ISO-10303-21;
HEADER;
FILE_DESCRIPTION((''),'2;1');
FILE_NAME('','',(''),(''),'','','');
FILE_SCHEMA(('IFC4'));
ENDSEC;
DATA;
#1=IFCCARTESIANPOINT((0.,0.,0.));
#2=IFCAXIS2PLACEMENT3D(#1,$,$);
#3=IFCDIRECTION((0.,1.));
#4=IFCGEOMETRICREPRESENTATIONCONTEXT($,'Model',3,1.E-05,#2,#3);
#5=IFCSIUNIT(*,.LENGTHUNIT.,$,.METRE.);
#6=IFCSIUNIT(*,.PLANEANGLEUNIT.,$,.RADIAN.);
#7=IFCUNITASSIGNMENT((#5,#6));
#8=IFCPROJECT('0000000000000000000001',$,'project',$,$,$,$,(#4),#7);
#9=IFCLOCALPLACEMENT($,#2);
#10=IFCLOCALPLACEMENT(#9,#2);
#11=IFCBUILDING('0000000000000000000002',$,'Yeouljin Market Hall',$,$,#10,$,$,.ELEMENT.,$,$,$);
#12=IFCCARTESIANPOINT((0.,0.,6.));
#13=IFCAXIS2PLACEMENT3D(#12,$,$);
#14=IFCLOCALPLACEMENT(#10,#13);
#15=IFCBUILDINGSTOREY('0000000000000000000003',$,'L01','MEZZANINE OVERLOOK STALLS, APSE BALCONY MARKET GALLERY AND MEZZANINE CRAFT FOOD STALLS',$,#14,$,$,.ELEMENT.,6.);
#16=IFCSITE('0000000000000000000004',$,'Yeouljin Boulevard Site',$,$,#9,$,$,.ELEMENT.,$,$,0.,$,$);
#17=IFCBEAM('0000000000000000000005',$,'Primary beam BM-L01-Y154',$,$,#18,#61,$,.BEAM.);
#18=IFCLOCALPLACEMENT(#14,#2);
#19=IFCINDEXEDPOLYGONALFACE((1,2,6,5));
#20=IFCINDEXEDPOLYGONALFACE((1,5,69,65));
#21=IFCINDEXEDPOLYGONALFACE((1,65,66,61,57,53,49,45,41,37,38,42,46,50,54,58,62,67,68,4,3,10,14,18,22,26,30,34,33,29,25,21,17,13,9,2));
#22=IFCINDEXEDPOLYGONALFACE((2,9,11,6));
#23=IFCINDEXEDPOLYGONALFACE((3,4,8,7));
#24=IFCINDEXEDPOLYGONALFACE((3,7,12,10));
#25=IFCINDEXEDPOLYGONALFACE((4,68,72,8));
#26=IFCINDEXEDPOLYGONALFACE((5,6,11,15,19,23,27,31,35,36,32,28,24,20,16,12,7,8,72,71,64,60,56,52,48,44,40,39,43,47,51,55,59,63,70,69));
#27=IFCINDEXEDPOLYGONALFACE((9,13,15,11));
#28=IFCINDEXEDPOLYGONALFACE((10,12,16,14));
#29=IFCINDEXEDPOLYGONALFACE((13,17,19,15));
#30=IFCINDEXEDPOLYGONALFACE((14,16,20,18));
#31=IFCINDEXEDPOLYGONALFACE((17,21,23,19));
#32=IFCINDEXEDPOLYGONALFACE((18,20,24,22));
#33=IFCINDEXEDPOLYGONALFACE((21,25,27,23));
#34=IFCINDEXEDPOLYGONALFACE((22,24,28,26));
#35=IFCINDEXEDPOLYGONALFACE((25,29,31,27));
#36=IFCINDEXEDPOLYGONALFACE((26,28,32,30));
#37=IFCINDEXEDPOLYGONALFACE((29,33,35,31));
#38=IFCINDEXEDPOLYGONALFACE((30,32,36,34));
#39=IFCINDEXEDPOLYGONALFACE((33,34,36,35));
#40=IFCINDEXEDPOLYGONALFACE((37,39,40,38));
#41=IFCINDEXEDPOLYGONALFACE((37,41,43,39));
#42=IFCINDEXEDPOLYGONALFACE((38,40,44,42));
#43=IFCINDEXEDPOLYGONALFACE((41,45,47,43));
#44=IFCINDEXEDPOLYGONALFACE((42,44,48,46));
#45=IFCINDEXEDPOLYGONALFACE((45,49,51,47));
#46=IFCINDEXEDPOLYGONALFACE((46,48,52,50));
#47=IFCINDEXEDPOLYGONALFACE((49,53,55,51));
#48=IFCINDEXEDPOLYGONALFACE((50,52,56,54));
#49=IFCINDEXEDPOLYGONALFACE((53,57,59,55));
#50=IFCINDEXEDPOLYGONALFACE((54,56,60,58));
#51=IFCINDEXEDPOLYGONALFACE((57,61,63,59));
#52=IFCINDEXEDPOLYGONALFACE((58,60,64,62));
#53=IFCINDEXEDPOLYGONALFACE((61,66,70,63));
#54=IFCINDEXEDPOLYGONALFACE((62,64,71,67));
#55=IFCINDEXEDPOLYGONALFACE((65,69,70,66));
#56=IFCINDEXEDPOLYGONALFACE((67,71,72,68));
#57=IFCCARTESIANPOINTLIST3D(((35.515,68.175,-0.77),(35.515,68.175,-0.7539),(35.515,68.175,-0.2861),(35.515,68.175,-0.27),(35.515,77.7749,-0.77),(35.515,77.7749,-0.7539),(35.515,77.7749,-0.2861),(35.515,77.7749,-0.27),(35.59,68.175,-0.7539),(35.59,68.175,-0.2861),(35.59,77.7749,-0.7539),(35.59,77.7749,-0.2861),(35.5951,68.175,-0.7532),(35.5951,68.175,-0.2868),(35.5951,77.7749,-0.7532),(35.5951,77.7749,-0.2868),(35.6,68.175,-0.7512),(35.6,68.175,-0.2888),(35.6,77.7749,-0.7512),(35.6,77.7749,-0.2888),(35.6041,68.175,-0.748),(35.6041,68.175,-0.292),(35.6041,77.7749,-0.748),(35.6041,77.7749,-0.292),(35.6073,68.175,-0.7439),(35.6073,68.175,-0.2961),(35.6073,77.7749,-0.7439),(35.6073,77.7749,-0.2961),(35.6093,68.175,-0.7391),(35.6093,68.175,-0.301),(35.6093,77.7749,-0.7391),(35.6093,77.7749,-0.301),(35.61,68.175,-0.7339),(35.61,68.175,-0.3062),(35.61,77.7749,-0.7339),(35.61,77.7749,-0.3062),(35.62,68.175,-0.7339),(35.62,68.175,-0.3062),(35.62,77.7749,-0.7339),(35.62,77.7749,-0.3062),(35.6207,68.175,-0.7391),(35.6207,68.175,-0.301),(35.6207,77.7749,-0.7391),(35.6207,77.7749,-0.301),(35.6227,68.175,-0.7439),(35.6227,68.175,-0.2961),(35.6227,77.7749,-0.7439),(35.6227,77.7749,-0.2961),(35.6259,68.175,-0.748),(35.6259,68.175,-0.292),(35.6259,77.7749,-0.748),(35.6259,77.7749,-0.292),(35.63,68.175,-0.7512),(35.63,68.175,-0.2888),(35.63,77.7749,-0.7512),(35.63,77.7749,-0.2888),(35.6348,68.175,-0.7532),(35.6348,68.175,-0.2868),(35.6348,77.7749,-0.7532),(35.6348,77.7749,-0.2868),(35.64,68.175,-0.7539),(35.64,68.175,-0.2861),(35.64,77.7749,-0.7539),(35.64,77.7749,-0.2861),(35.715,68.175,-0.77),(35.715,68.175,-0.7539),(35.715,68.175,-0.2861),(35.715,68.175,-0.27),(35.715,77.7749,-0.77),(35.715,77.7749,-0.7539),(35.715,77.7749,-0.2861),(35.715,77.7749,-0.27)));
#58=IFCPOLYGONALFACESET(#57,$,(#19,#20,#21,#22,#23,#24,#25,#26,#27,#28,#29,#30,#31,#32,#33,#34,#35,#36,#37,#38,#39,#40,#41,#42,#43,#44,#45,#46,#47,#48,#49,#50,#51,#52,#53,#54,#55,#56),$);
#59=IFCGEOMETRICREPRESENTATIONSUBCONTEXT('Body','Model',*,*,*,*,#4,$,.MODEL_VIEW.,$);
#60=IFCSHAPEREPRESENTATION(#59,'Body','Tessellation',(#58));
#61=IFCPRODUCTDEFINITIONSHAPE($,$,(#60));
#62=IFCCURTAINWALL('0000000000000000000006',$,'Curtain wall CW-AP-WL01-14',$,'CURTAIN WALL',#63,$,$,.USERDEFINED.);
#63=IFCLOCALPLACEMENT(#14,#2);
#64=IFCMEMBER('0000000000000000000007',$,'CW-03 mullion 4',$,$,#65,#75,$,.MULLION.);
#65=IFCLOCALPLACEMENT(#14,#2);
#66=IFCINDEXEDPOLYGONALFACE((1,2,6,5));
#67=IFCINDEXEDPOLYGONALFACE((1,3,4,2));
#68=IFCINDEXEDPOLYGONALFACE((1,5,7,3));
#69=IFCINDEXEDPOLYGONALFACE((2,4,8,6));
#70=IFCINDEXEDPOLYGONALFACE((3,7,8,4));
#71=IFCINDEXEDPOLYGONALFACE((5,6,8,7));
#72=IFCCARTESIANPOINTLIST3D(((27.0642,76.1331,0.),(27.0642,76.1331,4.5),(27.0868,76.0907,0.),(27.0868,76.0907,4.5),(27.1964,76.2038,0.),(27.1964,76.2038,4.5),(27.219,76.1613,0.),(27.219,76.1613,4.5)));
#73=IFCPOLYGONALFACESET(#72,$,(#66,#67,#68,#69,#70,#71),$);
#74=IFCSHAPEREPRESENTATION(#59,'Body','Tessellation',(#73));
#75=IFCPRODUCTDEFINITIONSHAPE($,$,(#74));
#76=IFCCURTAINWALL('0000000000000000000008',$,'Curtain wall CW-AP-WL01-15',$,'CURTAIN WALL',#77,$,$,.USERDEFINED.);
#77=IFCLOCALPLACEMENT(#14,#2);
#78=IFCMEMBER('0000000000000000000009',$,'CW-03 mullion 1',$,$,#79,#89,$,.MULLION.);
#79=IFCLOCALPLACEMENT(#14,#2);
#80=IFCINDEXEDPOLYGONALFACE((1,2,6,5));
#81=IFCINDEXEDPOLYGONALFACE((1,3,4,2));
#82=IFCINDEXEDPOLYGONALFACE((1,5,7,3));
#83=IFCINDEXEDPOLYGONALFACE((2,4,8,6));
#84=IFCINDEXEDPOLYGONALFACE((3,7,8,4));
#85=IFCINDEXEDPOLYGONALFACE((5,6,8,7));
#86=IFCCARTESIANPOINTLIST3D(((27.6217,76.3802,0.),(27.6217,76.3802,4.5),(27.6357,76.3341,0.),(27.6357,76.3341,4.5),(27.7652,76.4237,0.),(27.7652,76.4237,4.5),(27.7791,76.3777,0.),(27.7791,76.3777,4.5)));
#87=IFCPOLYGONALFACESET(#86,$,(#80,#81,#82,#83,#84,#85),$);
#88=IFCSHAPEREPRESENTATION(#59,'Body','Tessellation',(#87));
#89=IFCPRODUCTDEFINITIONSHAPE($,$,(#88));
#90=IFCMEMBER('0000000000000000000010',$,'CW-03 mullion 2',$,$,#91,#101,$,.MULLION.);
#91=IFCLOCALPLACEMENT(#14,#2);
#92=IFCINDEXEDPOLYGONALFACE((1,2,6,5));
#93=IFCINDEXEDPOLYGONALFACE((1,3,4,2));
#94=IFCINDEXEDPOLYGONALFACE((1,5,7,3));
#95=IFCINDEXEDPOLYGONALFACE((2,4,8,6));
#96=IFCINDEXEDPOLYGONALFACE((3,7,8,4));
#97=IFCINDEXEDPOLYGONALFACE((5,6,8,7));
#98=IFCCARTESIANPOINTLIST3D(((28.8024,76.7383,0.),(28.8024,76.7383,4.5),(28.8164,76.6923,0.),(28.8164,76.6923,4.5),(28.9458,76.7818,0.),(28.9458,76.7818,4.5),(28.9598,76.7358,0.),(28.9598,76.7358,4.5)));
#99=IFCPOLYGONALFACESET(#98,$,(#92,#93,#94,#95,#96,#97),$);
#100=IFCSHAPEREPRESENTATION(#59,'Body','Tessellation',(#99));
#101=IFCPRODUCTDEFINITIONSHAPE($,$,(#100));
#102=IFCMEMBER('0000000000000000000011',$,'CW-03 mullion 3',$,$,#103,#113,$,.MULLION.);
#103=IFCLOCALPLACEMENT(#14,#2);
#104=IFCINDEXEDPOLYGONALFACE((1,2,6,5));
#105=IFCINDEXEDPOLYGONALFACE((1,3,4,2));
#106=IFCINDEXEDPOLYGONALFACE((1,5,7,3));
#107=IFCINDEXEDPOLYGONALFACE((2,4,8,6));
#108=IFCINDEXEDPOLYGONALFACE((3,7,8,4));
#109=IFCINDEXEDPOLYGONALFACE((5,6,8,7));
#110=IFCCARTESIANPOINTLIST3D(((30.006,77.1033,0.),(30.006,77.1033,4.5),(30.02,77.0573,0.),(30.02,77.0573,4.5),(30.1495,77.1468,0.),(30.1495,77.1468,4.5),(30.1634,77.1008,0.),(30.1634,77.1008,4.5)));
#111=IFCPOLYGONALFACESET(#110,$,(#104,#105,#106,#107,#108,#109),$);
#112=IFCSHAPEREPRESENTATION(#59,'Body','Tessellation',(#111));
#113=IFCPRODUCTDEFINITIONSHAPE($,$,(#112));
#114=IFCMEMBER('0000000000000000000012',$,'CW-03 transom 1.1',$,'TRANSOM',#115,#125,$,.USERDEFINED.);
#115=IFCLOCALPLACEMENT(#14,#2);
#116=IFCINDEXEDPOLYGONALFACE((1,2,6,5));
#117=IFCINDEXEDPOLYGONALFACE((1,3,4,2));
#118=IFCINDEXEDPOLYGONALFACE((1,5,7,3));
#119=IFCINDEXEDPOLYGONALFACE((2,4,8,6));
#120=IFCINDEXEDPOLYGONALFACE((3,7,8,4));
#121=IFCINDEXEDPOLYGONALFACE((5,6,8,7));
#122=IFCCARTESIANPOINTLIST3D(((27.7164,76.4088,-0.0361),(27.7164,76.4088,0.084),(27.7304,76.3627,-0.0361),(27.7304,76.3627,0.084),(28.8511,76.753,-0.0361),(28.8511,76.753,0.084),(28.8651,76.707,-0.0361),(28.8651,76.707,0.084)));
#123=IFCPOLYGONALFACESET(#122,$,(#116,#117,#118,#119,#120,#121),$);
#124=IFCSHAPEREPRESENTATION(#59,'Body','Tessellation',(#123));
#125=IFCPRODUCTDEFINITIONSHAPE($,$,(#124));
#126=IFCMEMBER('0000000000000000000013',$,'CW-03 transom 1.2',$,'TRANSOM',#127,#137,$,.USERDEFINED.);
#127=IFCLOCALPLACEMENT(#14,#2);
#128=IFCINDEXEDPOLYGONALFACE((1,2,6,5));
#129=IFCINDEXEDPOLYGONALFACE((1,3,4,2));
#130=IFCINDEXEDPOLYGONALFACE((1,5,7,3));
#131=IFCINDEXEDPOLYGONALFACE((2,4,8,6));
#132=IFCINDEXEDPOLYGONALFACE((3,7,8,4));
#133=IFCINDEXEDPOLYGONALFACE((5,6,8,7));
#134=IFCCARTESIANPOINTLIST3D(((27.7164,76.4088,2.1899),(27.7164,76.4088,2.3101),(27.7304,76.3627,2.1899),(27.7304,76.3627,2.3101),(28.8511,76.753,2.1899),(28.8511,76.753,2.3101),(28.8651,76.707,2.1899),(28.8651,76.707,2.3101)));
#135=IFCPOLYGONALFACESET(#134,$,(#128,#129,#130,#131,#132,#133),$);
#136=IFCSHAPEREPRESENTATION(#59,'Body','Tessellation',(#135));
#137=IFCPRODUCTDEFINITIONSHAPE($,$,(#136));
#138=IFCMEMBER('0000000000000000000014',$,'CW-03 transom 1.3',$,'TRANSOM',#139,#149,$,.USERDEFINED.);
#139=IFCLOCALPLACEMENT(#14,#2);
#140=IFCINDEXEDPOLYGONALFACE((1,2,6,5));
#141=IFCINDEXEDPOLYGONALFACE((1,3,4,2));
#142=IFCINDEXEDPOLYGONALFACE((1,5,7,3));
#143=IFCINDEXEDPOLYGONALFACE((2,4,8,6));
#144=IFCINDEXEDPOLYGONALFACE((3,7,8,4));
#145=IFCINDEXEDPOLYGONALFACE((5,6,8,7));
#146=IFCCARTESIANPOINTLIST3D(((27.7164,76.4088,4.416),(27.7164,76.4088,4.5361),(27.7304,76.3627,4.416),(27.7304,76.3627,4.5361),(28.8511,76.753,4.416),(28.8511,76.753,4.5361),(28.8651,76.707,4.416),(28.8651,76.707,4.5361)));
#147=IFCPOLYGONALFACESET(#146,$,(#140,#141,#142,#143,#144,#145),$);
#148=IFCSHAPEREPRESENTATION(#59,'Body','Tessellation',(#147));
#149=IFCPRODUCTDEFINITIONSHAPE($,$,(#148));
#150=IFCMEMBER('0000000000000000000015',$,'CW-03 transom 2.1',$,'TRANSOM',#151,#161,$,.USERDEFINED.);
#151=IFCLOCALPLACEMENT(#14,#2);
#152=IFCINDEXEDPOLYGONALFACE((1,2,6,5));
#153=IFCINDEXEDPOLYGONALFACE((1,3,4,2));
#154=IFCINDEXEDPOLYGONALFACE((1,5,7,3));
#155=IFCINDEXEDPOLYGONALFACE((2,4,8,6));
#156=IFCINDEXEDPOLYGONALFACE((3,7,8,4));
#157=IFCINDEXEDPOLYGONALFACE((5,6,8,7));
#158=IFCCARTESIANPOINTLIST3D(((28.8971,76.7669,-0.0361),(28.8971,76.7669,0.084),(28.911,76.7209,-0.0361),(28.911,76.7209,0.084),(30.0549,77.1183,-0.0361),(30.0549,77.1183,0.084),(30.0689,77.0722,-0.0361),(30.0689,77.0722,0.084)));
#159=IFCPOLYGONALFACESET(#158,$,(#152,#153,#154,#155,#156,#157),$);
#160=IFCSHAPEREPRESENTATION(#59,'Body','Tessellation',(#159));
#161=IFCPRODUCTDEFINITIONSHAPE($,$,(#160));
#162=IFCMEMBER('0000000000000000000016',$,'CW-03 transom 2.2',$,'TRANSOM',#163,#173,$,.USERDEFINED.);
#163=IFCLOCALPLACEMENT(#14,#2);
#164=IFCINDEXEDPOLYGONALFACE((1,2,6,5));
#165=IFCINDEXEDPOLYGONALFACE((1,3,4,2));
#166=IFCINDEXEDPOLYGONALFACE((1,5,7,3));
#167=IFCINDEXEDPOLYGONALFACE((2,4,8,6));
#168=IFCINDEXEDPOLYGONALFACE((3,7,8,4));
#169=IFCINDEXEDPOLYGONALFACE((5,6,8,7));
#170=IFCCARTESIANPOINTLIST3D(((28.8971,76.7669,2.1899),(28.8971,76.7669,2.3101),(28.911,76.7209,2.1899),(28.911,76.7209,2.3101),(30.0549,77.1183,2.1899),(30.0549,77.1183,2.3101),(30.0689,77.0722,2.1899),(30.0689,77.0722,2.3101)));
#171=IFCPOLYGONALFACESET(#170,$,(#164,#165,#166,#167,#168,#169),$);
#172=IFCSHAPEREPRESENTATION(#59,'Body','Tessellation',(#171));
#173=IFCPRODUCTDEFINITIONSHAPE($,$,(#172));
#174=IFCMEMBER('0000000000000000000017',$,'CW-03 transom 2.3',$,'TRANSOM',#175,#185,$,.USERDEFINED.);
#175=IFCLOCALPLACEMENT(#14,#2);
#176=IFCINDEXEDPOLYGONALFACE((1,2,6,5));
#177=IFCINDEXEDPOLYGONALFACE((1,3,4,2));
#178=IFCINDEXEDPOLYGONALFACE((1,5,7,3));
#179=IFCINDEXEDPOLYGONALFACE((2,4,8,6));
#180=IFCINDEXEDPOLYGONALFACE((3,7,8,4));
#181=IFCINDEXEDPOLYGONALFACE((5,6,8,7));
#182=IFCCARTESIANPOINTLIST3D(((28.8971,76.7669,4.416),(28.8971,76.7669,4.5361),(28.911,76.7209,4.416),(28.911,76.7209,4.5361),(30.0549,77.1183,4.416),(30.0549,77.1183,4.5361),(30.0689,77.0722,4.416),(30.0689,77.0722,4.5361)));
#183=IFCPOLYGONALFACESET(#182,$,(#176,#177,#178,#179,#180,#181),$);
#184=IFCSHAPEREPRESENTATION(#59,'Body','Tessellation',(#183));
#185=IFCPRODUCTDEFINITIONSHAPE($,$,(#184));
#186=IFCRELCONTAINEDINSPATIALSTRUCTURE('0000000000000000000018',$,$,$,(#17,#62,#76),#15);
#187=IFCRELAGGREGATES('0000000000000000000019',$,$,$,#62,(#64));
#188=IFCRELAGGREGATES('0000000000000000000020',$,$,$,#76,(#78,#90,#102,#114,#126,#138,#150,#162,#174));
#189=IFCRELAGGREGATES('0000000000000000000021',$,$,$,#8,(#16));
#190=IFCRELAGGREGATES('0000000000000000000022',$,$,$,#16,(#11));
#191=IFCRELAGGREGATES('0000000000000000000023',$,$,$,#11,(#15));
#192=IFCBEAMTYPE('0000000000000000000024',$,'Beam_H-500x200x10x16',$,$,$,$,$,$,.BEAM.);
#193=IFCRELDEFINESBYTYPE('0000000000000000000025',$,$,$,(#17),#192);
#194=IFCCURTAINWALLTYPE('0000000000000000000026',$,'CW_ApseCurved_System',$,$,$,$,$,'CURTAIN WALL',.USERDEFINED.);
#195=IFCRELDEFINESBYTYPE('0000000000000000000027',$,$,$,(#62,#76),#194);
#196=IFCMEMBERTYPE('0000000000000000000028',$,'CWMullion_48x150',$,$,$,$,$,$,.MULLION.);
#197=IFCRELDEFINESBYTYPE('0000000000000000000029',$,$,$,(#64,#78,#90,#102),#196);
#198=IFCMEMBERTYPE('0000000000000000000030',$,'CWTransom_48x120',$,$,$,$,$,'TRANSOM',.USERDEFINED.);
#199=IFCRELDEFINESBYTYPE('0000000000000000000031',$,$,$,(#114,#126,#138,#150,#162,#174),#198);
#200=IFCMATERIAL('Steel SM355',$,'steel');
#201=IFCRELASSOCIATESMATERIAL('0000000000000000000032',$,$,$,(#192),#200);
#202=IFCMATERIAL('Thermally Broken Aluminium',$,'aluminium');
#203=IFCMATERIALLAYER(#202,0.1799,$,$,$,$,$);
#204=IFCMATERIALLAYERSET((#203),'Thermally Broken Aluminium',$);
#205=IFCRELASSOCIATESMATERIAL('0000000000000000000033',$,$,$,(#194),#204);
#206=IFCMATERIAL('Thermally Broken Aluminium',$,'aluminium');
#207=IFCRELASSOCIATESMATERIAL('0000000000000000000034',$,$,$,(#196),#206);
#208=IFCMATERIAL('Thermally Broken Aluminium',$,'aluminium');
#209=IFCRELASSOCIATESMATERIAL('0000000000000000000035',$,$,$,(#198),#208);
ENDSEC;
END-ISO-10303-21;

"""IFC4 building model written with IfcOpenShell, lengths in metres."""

from ifc_helpers import new_model, si_unit, direction, frame, origin, origin_2d, place, context, subcontext, project, spatial, rectangle, i_section, extrude, material, layer, layer_set, material_profile, profile_set, type_object, element, aggregate, save


model = new_model("IFC4")

# Units and contexts
model_context = context("Model", 3, precision=1e-05, world=origin(), true_north=direction((0.0, 1.0)))
body_context = subcontext(model_context, "Body", "Model", "MODEL_VIEW")
ifc_project = project(units=[si_unit("LENGTHUNIT", "METRE"), si_unit("PLANEANGLEUNIT", "RADIAN")], contexts=[model_context])

# Site, building, storey
site_placement = place(None, origin())
site = spatial("IfcSite", under=ifc_project, at=site_placement, Name="Yeouljin Boulevard Site", CompositionType="ELEMENT", RefElevation=0.0)
building_placement = place(site_placement, origin())
building = spatial("IfcBuilding", under=site, at=building_placement, Name="Yeouljin Market Hall", CompositionType="ELEMENT")
storey_placement = place(building_placement, frame((0.0, 0.0, 6.0)))
storey = spatial("IfcBuildingStorey", under=building, at=storey_placement, Name="L01", Description="MEZZANINE OVERLOOK STALLS, APSE BALCONY MARKET GALLERY AND MEZZANINE CRAFT FOOD STALLS", CompositionType="ELEMENT", Elevation=6.0)

# Beam
ifc_material_1 = material(Name="Steel SM355", Category="steel")
ifc_material_profile_1 = material_profile(ifc_material_1, i_section(OverallWidth=0.2, OverallDepth=0.5, WebThickness=0.01, FlangeThickness=0.0161, FilletRadius=0.02, at=origin_2d()), Name="H-500x200x10x16")
ifc_profile_set_1 = profile_set([ifc_material_profile_1], Name="Steel SM355")
beam_type_1 = type_object("IfcBeamType", Name="Beam_H-500x200x10x16", PredefinedType="BEAM", material=ifc_profile_set_1)
beam_1_placement = place(storey_placement, frame((35.615, 68.175, -0.52), z_axis=(0.0, 1.0, 0.0), x_axis=(-1.0, 0.0, 0.0)))
element("IfcBeam", 1, at=beam_1_placement, inside=storey, type_object=beam_type_1, Name="Primary beam BM-L01-Y154", PredefinedType="BEAM", context=body_context, shape_type="SweptSolid", body=[
    extrude(i_section(OverallWidth=0.2, OverallDepth=0.5, WebThickness=0.01, FlangeThickness=0.0161, FilletRadius=0.02, at=origin_2d()), origin(), (0.0, 0.0, 1.0), 9.5999),
])

# Curtain wall, member
ifc_material_2 = material(Name="Thermally Broken Aluminium", Category="aluminium")
ifc_layer_1 = layer(ifc_material_2, 0.1799)
ifc_layer_set_1 = layer_set([ifc_layer_1], Name="Thermally Broken Aluminium")
curtain_wall_type = type_object("IfcCurtainWallType", Name="CW_ApseCurved_System", ElementType="CURTAIN WALL", PredefinedType="USERDEFINED", material=ifc_layer_set_1)
curtain_wall_1_placement = place(storey_placement, origin())
curtain_wall_1 = element("IfcCurtainWall", 2, at=curtain_wall_1_placement, inside=storey, type_object=curtain_wall_type, Name="Curtain wall CW-AP-WL01-14", ObjectType="CURTAIN WALL", PredefinedType="USERDEFINED")
ifc_material_3 = material(Name="Thermally Broken Aluminium", Category="aluminium")
ifc_material_profile_2 = material_profile(ifc_material_3, rectangle(XDim=0.0481, YDim=0.1499, at=origin_2d()), Name="CW-MULL-48x150")
ifc_profile_set_2 = profile_set([ifc_material_profile_2], Name="Thermally Broken Aluminium")
member_type_1 = type_object("IfcMemberType", Name="CWMullion_48x150", PredefinedType="MULLION", material=ifc_profile_set_2)
member_1_placement = place(storey_placement, frame((27.1416, 76.1472, 0.0), z_axis=(0.0, 0.0, 1.0), x_axis=(-0.471378, 0.881931, 0.0)))
member_1 = element("IfcMember", 3, at=member_1_placement, type_object=member_type_1, Name="CW-03 mullion 4", PredefinedType="MULLION", context=body_context, shape_type="SweptSolid", body=[
    extrude(rectangle(XDim=0.0481, YDim=0.1499, at=origin_2d()), origin(), (0.0, 0.0, 1.0), 4.5),
])

# Curtain wall, members
curtain_wall_2_placement = place(storey_placement, origin())
curtain_wall_2 = element("IfcCurtainWall", 4, at=curtain_wall_2_placement, inside=storey, type_object=curtain_wall_type, Name="Curtain wall CW-AP-WL01-15", ObjectType="CURTAIN WALL", PredefinedType="USERDEFINED")
member_2_placement = place(storey_placement, frame((27.7004, 76.3789, 0.0), z_axis=(0.0, 0.0, 1.0), x_axis=(-0.290286, 0.95694, 0.0)))
member_2 = element("IfcMember", 5, at=member_2_placement, type_object=member_type_1, Name="CW-03 mullion 1", PredefinedType="MULLION", context=body_context, shape_type="SweptSolid", body=[
    extrude(rectangle(XDim=0.0481, YDim=0.1499, at=origin_2d()), origin(), (0.0, 0.0, 1.0), 4.5),
])
member_3_placement = place(storey_placement, frame((28.8811, 76.7371, 0.0), z_axis=(0.0, 0.0, 1.0), x_axis=(-0.290286, 0.95694, 0.0)))
member_3 = element("IfcMember", 6, at=member_3_placement, type_object=member_type_1, Name="CW-03 mullion 2", PredefinedType="MULLION", context=body_context, shape_type="SweptSolid", body=[
    extrude(rectangle(XDim=0.0481, YDim=0.1499, at=origin_2d()), origin(), (0.0, 0.0, 1.0), 4.5),
])
member_4_placement = place(storey_placement, frame((30.0847, 77.1021, 0.0), z_axis=(0.0, 0.0, 1.0), x_axis=(-0.290286, 0.95694, 0.0)))
member_4 = element("IfcMember", 7, at=member_4_placement, type_object=member_type_1, Name="CW-03 mullion 3", PredefinedType="MULLION", context=body_context, shape_type="SweptSolid", body=[
    extrude(rectangle(XDim=0.0481, YDim=0.1499, at=origin_2d()), origin(), (0.0, 0.0, 1.0), 4.5),
])
ifc_material_4 = material(Name="Thermally Broken Aluminium", Category="aluminium")
ifc_material_profile_3 = material_profile(ifc_material_4, rectangle(XDim=0.0481, YDim=0.1201, at=origin_2d()), Name="CW-TRAN-48x120")
ifc_profile_set_3 = profile_set([ifc_material_profile_3], Name="Thermally Broken Aluminium")
member_type_2 = type_object("IfcMemberType", Name="CWTransom_48x120", ElementType="TRANSOM", PredefinedType="USERDEFINED", material=ifc_profile_set_3)
member_5_placement = place(storey_placement, frame((27.7234, 76.3857, 0.0239), z_axis=(0.956938, 0.290293, 0.0), x_axis=(-0.290293, 0.956938, 0.0)))
member_5 = element("IfcMember", 8, at=member_5_placement, type_object=member_type_2, Name="CW-03 transom 1.1", ObjectType="TRANSOM", PredefinedType="USERDEFINED", context=body_context, shape_type="SweptSolid", body=[
    extrude(rectangle(XDim=0.0481, YDim=0.1201, at=origin_2d()), origin(), (0.0, 0.0, 1.0), 1.1858),
])
member_6_placement = place(storey_placement, frame((27.7234, 76.3857, 2.25), z_axis=(0.956938, 0.290293, 0.0), x_axis=(-0.290293, 0.956938, 0.0)))
member_6 = element("IfcMember", 9, at=member_6_placement, type_object=member_type_2, Name="CW-03 transom 1.2", ObjectType="TRANSOM", PredefinedType="USERDEFINED", context=body_context, shape_type="SweptSolid", body=[
    extrude(rectangle(XDim=0.0481, YDim=0.1201, at=origin_2d()), origin(), (0.0, 0.0, 1.0), 1.1858),
])
member_7_placement = place(storey_placement, frame((27.7234, 76.3857, 4.4761), z_axis=(0.956938, 0.290293, 0.0), x_axis=(-0.290293, 0.956938, 0.0)))
member_7 = element("IfcMember", 10, at=member_7_placement, type_object=member_type_2, Name="CW-03 transom 1.3", ObjectType="TRANSOM", PredefinedType="USERDEFINED", context=body_context, shape_type="SweptSolid", body=[
    extrude(rectangle(XDim=0.0481, YDim=0.1201, at=origin_2d()), origin(), (0.0, 0.0, 1.0), 1.1858),
])
member_8_placement = place(storey_placement, frame((28.9041, 76.7439, 0.0239), z_axis=(0.956911, 0.290383, 0.0), x_axis=(-0.290383, 0.956911, 0.0)))
member_8 = element("IfcMember", 11, at=member_8_placement, type_object=member_type_2, Name="CW-03 transom 2.1", ObjectType="TRANSOM", PredefinedType="USERDEFINED", context=body_context, shape_type="SweptSolid", body=[
    extrude(rectangle(XDim=0.0481, YDim=0.1201, at=origin_2d()), origin(), (0.0, 0.0, 1.0), 1.21),
])
member_9_placement = place(storey_placement, frame((28.9041, 76.7439, 2.25), z_axis=(0.956911, 0.290383, 0.0), x_axis=(-0.290383, 0.956911, 0.0)))
member_9 = element("IfcMember", 12, at=member_9_placement, type_object=member_type_2, Name="CW-03 transom 2.2", ObjectType="TRANSOM", PredefinedType="USERDEFINED", context=body_context, shape_type="SweptSolid", body=[
    extrude(rectangle(XDim=0.0481, YDim=0.1201, at=origin_2d()), origin(), (0.0, 0.0, 1.0), 1.21),
])
member_10_placement = place(storey_placement, frame((28.9041, 76.7439, 4.4761), z_axis=(0.956911, 0.290383, 0.0), x_axis=(-0.290383, 0.956911, 0.0)))
member_10 = element("IfcMember", 13, at=member_10_placement, type_object=member_type_2, Name="CW-03 transom 2.3", ObjectType="TRANSOM", PredefinedType="USERDEFINED", context=body_context, shape_type="SweptSolid", body=[
    extrude(rectangle(XDim=0.0481, YDim=0.1201, at=origin_2d()), origin(), (0.0, 0.0, 1.0), 1.21),
])

aggregate(curtain_wall_1, [member_1])
aggregate(curtain_wall_2, [member_2, member_3, member_4, member_5, member_6, member_7, member_8, member_9, member_10])

save(model, "model.ifc")
